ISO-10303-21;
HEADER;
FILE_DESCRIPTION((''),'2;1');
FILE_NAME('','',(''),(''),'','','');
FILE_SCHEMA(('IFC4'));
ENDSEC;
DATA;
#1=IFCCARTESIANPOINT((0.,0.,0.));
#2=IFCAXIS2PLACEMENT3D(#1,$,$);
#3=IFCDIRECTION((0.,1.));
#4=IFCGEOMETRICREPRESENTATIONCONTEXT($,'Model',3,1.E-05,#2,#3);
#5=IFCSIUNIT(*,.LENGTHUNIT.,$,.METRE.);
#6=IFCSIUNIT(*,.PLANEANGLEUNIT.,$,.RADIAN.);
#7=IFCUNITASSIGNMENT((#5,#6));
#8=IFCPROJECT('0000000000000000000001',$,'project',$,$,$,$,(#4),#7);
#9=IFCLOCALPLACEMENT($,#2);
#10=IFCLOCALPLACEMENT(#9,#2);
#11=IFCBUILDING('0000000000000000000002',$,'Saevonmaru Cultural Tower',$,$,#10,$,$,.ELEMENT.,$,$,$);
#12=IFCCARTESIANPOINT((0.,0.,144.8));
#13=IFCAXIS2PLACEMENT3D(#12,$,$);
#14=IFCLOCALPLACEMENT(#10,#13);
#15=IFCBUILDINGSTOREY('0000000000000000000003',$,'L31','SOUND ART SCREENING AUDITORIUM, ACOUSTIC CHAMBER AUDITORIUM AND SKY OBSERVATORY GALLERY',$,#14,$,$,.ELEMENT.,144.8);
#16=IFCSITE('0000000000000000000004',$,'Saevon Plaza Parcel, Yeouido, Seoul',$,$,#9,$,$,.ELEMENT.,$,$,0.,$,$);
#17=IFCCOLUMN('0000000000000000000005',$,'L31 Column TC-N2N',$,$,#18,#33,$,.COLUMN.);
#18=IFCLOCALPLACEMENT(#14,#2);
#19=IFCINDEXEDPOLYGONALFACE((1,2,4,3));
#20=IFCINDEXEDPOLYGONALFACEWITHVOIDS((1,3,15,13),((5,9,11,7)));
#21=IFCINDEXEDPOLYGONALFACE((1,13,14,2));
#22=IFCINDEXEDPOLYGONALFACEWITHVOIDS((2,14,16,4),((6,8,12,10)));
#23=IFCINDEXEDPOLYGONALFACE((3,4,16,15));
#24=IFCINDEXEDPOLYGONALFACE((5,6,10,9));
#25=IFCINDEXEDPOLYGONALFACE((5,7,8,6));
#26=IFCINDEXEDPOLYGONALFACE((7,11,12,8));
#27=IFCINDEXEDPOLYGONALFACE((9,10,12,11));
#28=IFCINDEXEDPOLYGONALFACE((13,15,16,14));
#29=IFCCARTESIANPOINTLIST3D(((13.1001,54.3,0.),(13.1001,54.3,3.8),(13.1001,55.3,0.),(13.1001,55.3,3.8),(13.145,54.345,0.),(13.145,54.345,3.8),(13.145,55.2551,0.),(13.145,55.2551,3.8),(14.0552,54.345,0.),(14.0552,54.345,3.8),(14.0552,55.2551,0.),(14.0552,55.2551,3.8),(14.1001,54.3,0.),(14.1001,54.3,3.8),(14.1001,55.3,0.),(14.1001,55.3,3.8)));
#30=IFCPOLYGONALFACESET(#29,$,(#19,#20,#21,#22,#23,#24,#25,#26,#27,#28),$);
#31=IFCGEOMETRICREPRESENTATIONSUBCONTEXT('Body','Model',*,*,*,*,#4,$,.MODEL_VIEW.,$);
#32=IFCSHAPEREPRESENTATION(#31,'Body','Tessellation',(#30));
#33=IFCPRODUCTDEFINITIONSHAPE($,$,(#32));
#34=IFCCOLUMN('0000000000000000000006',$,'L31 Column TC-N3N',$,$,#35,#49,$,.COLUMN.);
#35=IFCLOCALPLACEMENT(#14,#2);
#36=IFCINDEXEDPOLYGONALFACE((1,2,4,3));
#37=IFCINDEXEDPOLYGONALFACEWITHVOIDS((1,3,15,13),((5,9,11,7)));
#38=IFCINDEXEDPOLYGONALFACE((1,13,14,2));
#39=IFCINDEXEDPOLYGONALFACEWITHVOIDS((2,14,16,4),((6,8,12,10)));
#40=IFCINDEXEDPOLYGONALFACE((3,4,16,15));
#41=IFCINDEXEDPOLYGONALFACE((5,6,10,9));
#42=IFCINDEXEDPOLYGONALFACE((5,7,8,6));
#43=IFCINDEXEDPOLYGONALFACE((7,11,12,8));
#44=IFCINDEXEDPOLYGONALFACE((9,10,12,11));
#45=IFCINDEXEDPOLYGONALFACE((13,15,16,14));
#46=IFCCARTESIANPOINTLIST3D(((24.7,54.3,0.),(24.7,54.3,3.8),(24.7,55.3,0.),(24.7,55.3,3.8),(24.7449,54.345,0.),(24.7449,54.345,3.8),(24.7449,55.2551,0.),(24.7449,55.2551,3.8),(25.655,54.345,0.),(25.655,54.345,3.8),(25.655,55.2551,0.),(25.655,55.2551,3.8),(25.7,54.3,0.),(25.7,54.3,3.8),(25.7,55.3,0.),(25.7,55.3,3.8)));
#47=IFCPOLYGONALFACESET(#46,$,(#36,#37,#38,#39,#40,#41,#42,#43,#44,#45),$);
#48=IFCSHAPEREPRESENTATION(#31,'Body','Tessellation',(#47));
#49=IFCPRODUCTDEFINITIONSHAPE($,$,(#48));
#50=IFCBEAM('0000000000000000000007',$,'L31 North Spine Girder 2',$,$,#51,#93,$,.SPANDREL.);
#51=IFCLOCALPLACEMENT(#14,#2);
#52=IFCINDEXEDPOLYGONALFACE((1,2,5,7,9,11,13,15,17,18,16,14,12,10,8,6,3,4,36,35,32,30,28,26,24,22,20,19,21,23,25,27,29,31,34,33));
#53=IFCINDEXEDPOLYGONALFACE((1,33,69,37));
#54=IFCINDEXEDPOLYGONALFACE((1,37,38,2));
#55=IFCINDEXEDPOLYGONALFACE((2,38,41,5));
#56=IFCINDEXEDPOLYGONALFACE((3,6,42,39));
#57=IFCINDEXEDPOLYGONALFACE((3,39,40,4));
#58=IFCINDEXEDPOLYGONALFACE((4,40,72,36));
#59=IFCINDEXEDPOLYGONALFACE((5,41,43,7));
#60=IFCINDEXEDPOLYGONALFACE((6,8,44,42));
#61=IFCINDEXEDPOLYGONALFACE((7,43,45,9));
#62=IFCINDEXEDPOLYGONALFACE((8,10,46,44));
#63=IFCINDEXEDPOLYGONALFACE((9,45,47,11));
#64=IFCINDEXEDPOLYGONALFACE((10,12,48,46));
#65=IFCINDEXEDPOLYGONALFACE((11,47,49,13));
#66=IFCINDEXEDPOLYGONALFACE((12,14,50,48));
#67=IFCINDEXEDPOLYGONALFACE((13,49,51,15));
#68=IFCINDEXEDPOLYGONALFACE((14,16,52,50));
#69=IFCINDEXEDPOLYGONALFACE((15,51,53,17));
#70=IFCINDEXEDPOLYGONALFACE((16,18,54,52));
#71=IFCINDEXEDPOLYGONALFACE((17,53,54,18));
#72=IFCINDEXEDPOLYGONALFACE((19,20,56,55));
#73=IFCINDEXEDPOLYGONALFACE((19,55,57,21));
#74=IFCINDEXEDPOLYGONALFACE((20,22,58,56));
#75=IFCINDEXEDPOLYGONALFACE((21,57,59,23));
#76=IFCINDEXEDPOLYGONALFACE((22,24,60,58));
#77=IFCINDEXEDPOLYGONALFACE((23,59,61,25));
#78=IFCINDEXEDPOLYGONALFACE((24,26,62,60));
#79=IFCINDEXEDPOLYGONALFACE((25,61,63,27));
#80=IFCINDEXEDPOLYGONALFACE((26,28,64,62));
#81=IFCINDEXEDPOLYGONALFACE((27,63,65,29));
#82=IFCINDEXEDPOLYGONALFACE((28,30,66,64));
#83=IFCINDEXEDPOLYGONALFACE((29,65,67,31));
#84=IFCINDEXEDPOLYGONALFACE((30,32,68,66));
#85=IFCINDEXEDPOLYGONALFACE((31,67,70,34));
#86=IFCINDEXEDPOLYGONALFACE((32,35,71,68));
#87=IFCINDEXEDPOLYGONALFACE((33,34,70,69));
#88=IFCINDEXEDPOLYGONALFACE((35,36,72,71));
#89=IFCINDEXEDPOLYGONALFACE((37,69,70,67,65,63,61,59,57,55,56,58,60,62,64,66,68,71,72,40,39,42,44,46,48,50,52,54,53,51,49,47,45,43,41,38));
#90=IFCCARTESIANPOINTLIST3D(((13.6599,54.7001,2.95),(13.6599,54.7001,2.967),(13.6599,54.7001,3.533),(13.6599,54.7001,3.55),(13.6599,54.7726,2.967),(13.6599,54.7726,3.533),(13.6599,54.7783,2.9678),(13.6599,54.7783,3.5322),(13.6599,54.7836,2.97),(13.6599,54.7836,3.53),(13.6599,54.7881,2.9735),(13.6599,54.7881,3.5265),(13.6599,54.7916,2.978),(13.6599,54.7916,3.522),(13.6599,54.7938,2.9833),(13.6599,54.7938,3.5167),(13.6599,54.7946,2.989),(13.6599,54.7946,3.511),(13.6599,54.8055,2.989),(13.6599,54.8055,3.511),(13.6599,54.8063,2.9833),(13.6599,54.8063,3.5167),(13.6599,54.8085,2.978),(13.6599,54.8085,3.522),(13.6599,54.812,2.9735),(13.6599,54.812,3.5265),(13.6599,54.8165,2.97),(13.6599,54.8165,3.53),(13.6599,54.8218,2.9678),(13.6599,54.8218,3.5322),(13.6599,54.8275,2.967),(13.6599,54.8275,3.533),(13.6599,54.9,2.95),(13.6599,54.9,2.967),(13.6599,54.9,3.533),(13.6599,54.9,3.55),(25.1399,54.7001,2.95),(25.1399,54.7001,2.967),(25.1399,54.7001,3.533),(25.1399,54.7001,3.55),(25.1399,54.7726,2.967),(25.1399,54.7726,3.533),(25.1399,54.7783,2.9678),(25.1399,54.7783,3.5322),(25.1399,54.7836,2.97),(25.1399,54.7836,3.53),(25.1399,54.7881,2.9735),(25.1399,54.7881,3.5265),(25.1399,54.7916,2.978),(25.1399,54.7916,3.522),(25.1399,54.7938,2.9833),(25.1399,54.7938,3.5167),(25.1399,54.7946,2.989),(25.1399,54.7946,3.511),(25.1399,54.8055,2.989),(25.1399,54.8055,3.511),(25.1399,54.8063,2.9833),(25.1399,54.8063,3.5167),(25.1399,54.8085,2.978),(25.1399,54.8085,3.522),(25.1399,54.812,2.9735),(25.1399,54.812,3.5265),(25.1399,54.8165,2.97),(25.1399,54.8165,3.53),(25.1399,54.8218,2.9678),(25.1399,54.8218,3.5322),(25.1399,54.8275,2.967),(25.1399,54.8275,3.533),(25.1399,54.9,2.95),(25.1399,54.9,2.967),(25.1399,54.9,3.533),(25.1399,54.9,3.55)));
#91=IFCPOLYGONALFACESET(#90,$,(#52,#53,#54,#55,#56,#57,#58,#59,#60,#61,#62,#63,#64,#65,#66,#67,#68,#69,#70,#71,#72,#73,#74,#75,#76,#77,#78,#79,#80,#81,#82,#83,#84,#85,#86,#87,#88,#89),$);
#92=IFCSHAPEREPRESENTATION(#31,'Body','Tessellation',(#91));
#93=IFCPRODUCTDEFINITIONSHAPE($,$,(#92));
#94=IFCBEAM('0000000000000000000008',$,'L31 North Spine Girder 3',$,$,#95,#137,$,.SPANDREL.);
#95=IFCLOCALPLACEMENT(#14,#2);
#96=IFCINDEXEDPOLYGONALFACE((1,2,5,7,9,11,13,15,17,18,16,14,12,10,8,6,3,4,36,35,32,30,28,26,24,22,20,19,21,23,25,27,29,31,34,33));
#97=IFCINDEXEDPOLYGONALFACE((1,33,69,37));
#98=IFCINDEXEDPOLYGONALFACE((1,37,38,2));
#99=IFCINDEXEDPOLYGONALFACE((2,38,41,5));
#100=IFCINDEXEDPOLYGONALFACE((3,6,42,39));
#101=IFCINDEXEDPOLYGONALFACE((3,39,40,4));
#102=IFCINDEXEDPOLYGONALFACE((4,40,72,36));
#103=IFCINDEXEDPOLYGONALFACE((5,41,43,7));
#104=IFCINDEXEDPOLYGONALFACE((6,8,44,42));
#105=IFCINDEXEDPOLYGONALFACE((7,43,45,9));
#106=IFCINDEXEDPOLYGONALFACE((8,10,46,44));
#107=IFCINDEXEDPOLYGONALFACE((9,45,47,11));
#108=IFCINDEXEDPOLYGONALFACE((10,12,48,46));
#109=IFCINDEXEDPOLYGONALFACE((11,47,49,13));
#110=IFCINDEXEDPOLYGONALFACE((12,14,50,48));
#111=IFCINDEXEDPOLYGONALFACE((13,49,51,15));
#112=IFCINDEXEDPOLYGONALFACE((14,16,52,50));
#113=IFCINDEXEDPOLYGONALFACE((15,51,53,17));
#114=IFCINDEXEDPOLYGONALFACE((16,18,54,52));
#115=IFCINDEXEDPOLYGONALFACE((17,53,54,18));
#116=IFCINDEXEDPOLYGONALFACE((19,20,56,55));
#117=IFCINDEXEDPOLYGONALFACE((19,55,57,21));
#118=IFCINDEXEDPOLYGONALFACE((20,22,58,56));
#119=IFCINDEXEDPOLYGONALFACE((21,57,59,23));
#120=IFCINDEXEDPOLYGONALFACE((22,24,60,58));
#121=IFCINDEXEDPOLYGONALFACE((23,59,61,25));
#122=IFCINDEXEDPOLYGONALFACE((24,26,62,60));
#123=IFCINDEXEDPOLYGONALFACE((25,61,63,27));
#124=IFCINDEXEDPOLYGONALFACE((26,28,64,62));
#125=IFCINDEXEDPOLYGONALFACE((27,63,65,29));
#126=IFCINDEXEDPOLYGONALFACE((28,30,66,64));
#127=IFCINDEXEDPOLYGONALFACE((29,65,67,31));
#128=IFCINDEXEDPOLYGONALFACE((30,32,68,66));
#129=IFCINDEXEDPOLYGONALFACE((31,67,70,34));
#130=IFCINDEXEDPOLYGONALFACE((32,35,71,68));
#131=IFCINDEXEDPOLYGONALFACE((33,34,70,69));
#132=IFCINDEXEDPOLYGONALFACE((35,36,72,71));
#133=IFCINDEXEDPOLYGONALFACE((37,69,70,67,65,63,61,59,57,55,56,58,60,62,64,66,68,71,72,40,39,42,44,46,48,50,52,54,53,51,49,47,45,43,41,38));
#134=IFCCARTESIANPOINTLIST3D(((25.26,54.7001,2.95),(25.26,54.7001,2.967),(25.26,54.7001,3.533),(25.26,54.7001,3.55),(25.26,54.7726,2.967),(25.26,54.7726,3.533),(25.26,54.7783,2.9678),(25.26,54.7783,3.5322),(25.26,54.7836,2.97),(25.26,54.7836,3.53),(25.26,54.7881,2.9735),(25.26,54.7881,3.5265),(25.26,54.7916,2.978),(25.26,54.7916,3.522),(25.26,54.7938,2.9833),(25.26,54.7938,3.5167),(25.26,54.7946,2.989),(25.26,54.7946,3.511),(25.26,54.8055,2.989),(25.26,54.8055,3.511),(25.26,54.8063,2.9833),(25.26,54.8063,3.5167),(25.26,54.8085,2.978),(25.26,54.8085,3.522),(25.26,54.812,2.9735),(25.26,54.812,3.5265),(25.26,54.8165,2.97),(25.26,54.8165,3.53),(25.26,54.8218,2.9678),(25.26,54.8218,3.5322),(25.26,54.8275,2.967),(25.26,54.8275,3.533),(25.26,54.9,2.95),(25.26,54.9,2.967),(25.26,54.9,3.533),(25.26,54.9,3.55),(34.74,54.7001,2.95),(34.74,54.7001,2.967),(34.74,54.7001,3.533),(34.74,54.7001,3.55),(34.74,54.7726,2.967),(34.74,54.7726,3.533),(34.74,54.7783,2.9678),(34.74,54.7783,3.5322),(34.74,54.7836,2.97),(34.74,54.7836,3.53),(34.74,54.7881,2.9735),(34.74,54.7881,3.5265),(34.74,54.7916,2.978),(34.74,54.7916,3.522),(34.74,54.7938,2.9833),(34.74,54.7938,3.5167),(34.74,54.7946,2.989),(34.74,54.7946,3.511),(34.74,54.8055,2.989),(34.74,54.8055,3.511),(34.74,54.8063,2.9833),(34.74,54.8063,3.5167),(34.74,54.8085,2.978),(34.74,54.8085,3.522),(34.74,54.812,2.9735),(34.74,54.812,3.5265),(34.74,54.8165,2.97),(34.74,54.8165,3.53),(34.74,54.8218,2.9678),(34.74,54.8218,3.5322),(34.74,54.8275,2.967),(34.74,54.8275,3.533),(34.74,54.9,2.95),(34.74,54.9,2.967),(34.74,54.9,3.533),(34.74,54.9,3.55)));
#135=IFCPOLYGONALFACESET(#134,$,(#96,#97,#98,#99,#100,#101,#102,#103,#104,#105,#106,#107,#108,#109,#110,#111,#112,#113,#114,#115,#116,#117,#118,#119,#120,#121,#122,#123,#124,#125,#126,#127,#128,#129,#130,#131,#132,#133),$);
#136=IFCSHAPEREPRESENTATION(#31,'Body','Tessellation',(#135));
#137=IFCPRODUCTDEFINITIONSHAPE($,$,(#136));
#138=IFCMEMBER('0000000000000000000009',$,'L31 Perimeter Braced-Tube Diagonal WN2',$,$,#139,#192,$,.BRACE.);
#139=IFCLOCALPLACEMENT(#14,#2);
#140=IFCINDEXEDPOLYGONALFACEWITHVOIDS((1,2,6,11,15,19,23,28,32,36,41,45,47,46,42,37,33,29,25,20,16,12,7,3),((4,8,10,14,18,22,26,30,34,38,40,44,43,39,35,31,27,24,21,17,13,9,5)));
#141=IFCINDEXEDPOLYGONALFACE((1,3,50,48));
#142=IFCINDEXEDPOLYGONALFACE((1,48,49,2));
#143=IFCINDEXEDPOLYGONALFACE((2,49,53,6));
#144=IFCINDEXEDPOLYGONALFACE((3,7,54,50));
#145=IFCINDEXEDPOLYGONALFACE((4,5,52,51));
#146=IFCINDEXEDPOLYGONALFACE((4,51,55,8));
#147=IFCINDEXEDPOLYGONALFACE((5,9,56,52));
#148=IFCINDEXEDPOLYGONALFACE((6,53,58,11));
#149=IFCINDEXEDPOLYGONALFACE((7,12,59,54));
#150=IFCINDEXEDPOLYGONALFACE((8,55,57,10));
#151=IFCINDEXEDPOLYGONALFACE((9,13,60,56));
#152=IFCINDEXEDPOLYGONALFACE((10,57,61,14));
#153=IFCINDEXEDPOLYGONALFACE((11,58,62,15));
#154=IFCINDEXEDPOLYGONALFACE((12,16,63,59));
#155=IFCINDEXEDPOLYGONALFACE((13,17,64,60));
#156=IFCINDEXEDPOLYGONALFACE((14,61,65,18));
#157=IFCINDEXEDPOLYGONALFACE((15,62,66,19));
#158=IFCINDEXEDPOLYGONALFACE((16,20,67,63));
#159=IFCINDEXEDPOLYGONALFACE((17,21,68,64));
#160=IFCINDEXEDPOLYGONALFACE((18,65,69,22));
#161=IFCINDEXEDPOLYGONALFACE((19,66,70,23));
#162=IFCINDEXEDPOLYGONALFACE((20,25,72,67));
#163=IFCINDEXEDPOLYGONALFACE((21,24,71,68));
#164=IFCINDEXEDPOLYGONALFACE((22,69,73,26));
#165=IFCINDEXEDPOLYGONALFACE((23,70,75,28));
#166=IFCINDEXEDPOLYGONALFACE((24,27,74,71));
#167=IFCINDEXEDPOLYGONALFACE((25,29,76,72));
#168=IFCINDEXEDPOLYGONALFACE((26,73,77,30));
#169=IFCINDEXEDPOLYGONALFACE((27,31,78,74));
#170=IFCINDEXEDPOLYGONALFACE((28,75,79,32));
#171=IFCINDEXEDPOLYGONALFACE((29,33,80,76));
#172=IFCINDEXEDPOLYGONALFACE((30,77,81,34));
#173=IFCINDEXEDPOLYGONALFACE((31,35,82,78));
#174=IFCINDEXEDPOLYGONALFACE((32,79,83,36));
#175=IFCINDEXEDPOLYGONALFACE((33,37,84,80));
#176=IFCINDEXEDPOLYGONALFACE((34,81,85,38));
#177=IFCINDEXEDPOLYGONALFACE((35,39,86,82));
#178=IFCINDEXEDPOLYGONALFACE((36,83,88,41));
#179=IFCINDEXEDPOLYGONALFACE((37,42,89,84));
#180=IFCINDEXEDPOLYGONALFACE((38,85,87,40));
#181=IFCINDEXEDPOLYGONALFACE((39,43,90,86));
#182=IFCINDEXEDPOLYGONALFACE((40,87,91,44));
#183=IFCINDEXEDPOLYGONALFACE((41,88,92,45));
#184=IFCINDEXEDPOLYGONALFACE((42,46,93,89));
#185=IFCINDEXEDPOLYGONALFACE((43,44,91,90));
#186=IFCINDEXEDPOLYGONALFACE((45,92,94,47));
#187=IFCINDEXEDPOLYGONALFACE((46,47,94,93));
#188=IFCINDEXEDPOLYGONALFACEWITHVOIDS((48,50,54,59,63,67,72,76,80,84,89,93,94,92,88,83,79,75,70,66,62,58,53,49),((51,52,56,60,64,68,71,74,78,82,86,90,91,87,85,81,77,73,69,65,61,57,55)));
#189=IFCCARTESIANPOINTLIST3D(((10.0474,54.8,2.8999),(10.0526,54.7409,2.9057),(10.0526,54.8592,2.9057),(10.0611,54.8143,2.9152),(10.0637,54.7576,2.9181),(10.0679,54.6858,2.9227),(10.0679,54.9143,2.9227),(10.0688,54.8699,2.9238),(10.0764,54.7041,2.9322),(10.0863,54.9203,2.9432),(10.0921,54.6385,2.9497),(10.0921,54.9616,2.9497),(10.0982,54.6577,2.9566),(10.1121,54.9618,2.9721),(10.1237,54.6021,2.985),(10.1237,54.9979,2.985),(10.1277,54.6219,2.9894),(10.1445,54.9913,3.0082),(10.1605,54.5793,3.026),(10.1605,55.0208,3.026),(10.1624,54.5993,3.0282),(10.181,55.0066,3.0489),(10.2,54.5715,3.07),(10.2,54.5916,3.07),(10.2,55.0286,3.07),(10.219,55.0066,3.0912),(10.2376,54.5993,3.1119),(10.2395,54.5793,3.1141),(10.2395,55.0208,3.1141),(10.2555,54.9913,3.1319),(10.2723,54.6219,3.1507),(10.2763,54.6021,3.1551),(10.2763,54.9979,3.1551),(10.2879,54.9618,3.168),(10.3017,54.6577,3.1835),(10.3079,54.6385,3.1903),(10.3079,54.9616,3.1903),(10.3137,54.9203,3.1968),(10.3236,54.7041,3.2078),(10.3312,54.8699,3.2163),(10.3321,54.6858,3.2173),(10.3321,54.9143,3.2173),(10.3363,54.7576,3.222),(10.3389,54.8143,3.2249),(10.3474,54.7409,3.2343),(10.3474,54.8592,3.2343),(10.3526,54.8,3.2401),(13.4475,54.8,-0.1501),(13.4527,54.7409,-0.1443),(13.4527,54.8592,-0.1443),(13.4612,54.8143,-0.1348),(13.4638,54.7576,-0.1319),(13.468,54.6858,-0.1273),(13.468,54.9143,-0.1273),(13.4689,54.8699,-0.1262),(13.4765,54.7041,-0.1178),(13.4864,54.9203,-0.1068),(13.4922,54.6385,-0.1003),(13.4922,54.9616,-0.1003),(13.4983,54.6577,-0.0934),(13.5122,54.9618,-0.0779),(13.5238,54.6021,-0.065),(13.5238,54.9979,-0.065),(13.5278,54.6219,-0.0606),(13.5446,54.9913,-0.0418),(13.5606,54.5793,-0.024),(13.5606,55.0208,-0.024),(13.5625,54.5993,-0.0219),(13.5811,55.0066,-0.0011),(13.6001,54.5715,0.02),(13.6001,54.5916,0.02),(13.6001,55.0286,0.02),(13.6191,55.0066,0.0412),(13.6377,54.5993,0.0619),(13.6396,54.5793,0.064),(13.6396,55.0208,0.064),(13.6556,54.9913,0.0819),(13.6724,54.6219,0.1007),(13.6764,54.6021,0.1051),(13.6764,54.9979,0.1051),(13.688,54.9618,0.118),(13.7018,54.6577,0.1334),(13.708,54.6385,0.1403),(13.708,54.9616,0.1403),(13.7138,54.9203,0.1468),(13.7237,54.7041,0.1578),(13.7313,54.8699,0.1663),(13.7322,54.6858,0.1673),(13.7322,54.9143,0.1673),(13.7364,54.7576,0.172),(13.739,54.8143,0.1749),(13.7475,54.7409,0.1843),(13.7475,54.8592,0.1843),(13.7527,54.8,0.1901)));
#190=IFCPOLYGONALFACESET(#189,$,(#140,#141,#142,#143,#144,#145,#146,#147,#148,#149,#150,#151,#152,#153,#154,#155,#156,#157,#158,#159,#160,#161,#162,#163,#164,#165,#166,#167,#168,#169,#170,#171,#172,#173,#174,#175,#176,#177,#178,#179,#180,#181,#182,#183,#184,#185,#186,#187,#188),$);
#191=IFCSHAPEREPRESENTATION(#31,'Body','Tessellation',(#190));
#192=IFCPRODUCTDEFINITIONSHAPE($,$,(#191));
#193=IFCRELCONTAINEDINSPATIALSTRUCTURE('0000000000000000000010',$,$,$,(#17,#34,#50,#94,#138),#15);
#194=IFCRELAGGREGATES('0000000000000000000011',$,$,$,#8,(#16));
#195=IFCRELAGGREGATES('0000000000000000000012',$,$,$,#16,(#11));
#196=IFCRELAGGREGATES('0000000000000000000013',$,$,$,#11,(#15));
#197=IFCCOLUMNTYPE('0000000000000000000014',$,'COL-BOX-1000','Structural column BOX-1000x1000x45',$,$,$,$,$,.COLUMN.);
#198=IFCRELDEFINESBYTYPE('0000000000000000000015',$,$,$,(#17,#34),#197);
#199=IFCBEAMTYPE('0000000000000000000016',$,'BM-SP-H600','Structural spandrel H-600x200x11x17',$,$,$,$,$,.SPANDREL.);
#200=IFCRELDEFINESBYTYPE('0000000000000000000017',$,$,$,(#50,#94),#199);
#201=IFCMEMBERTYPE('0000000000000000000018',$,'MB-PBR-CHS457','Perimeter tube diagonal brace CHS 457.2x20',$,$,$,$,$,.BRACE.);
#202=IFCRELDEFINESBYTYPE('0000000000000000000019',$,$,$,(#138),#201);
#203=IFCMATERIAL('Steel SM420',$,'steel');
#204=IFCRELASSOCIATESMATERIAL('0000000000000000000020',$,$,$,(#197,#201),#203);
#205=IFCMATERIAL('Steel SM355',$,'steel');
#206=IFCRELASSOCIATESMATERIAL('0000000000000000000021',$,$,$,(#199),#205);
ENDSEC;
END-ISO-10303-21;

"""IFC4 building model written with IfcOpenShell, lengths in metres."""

from ifc_helpers import new_model, si_unit, direction, frame, origin, origin_2d, place, context, subcontext, project, spatial, hollow_rectangle, hollow_circle, i_section, extrude, material, material_profile, profile_set, type_object, element, save


model = new_model("IFC4")

# Units and contexts
model_context = context("Model", 3, precision=1e-05, world=origin(), true_north=direction((0.0, 1.0)))
body_context = subcontext(model_context, "Body", "Model", "MODEL_VIEW")
ifc_project = project(units=[si_unit("LENGTHUNIT", "METRE"), si_unit("PLANEANGLEUNIT", "RADIAN")], contexts=[model_context])

# Site, building, storey
site_placement = place(None, origin())
site = spatial("IfcSite", under=ifc_project, at=site_placement, Name="Saevon Plaza Parcel, Yeouido, Seoul", CompositionType="ELEMENT", RefElevation=0.0)
building_placement = place(site_placement, origin())
building = spatial("IfcBuilding", under=site, at=building_placement, Name="Saevonmaru Cultural Tower", CompositionType="ELEMENT")
storey_placement = place(building_placement, frame((0.0, 0.0, 144.8)))
storey = spatial("IfcBuildingStorey", under=building, at=storey_placement, Name="L31", Description="SOUND ART SCREENING AUDITORIUM, ACOUSTIC CHAMBER AUDITORIUM AND SKY OBSERVATORY GALLERY", CompositionType="ELEMENT", Elevation=144.8)

# Columns
ifc_material_1 = material(Name="Steel SM420", Category="steel")
ifc_material_profile_1 = material_profile(ifc_material_1, hollow_rectangle(XDim=1.0, YDim=1.0, WallThickness=0.0449, at=origin_2d()), Name="BOX-1000x1000x45")
ifc_profile_set_1 = profile_set([ifc_material_profile_1], Name="Steel SM420")
column_type = type_object("IfcColumnType", Name="COL-BOX-1000", Description="Structural column BOX-1000x1000x45", PredefinedType="COLUMN", material=ifc_profile_set_1)
for number, where, z_axis, x_axis, name in (
    (1, (13.6001, 54.8, 0.0), (0.0, 0.0, 1.0), (1.0, 0.0, 0.0), "L31 Column TC-N2N"),
    (2, (25.2, 54.8, 0.0), (0.0, 0.0, 1.0), (1.0, 0.0, 0.0), "L31 Column TC-N3N"),
):
    element("IfcColumn", number, at=place(storey_placement, frame(where, z_axis=z_axis, x_axis=x_axis)), inside=storey, type_object=column_type, Name=name, PredefinedType="COLUMN", context=body_context, shape_type="SweptSolid", body=[
        extrude(hollow_rectangle(XDim=1.0, YDim=1.0, WallThickness=0.0449, at=origin_2d()), origin(), (0.0, 0.0, 1.0), 3.8),
    ])

# Beams
ifc_material_2 = material(Name="Steel SM355", Category="steel")
ifc_material_profile_2 = material_profile(ifc_material_2, i_section(OverallWidth=0.2, OverallDepth=0.6001, WebThickness=0.011, FlangeThickness=0.0171, FilletRadius=0.022, at=origin_2d()), Name="H-600x200x11x17")
ifc_profile_set_2 = profile_set([ifc_material_profile_2], Name="Steel SM355")
beam_type = type_object("IfcBeamType", Name="BM-SP-H600", Description="Structural spandrel H-600x200x11x17", PredefinedType="SPANDREL", material=ifc_profile_set_2)
beam_1_placement = place(storey_placement, frame((13.6599, 54.8, 3.25), z_axis=(1.0, 0.0, 0.0), x_axis=(0.0, 1.0, 0.0)))
element("IfcBeam", 3, at=beam_1_placement, inside=storey, type_object=beam_type, Name="L31 North Spine Girder 2", PredefinedType="SPANDREL", context=body_context, shape_type="SweptSolid", body=[
    extrude(i_section(OverallWidth=0.2, OverallDepth=0.6001, WebThickness=0.011, FlangeThickness=0.0171, FilletRadius=0.022, at=origin_2d()), origin(), (0.0, 0.0, 1.0), 11.48),
])
beam_2_placement = place(storey_placement, frame((25.26, 54.8, 3.25), z_axis=(1.0, 0.0, 0.0), x_axis=(0.0, 1.0, 0.0)))
element("IfcBeam", 4, at=beam_2_placement, inside=storey, type_object=beam_type, Name="L31 North Spine Girder 3", PredefinedType="SPANDREL", context=body_context, shape_type="SweptSolid", body=[
    extrude(i_section(OverallWidth=0.2, OverallDepth=0.6001, WebThickness=0.011, FlangeThickness=0.0171, FilletRadius=0.022, at=origin_2d()), origin(), (0.0, 0.0, 1.0), 9.48),
])

# Member
ifc_material_profile_3 = material_profile(ifc_material_1, hollow_circle(Radius=0.2285, WallThickness=0.02, at=origin_2d()), Name="CHS-457.2x20")
ifc_profile_set_3 = profile_set([ifc_material_profile_3], Name="Steel SM420")
member_type_1 = type_object("IfcMemberType", Name="MB-PBR-CHS457", Description="Perimeter tube diagonal brace CHS 457.2x20", PredefinedType="BRACE", material=ifc_profile_set_3)
member_1_placement = place(storey_placement, frame((13.6001, 54.8, 0.02), z_axis=(-0.744391, 0.0, 0.667744), x_axis=(0.0, -1.0, 0.0)))
element("IfcMember", 5, at=member_1_placement, inside=storey, type_object=member_type_1, Name="L31 Perimeter Braced-Tube Diagonal WN2", PredefinedType="BRACE", context=body_context, shape_type="SweptSolid", body=[
    extrude(hollow_circle(Radius=0.2285, WallThickness=0.02, at=origin_2d()), origin(), (0.0, 0.0, 1.0), 4.5676),
])

save(model, "model.ifc")
